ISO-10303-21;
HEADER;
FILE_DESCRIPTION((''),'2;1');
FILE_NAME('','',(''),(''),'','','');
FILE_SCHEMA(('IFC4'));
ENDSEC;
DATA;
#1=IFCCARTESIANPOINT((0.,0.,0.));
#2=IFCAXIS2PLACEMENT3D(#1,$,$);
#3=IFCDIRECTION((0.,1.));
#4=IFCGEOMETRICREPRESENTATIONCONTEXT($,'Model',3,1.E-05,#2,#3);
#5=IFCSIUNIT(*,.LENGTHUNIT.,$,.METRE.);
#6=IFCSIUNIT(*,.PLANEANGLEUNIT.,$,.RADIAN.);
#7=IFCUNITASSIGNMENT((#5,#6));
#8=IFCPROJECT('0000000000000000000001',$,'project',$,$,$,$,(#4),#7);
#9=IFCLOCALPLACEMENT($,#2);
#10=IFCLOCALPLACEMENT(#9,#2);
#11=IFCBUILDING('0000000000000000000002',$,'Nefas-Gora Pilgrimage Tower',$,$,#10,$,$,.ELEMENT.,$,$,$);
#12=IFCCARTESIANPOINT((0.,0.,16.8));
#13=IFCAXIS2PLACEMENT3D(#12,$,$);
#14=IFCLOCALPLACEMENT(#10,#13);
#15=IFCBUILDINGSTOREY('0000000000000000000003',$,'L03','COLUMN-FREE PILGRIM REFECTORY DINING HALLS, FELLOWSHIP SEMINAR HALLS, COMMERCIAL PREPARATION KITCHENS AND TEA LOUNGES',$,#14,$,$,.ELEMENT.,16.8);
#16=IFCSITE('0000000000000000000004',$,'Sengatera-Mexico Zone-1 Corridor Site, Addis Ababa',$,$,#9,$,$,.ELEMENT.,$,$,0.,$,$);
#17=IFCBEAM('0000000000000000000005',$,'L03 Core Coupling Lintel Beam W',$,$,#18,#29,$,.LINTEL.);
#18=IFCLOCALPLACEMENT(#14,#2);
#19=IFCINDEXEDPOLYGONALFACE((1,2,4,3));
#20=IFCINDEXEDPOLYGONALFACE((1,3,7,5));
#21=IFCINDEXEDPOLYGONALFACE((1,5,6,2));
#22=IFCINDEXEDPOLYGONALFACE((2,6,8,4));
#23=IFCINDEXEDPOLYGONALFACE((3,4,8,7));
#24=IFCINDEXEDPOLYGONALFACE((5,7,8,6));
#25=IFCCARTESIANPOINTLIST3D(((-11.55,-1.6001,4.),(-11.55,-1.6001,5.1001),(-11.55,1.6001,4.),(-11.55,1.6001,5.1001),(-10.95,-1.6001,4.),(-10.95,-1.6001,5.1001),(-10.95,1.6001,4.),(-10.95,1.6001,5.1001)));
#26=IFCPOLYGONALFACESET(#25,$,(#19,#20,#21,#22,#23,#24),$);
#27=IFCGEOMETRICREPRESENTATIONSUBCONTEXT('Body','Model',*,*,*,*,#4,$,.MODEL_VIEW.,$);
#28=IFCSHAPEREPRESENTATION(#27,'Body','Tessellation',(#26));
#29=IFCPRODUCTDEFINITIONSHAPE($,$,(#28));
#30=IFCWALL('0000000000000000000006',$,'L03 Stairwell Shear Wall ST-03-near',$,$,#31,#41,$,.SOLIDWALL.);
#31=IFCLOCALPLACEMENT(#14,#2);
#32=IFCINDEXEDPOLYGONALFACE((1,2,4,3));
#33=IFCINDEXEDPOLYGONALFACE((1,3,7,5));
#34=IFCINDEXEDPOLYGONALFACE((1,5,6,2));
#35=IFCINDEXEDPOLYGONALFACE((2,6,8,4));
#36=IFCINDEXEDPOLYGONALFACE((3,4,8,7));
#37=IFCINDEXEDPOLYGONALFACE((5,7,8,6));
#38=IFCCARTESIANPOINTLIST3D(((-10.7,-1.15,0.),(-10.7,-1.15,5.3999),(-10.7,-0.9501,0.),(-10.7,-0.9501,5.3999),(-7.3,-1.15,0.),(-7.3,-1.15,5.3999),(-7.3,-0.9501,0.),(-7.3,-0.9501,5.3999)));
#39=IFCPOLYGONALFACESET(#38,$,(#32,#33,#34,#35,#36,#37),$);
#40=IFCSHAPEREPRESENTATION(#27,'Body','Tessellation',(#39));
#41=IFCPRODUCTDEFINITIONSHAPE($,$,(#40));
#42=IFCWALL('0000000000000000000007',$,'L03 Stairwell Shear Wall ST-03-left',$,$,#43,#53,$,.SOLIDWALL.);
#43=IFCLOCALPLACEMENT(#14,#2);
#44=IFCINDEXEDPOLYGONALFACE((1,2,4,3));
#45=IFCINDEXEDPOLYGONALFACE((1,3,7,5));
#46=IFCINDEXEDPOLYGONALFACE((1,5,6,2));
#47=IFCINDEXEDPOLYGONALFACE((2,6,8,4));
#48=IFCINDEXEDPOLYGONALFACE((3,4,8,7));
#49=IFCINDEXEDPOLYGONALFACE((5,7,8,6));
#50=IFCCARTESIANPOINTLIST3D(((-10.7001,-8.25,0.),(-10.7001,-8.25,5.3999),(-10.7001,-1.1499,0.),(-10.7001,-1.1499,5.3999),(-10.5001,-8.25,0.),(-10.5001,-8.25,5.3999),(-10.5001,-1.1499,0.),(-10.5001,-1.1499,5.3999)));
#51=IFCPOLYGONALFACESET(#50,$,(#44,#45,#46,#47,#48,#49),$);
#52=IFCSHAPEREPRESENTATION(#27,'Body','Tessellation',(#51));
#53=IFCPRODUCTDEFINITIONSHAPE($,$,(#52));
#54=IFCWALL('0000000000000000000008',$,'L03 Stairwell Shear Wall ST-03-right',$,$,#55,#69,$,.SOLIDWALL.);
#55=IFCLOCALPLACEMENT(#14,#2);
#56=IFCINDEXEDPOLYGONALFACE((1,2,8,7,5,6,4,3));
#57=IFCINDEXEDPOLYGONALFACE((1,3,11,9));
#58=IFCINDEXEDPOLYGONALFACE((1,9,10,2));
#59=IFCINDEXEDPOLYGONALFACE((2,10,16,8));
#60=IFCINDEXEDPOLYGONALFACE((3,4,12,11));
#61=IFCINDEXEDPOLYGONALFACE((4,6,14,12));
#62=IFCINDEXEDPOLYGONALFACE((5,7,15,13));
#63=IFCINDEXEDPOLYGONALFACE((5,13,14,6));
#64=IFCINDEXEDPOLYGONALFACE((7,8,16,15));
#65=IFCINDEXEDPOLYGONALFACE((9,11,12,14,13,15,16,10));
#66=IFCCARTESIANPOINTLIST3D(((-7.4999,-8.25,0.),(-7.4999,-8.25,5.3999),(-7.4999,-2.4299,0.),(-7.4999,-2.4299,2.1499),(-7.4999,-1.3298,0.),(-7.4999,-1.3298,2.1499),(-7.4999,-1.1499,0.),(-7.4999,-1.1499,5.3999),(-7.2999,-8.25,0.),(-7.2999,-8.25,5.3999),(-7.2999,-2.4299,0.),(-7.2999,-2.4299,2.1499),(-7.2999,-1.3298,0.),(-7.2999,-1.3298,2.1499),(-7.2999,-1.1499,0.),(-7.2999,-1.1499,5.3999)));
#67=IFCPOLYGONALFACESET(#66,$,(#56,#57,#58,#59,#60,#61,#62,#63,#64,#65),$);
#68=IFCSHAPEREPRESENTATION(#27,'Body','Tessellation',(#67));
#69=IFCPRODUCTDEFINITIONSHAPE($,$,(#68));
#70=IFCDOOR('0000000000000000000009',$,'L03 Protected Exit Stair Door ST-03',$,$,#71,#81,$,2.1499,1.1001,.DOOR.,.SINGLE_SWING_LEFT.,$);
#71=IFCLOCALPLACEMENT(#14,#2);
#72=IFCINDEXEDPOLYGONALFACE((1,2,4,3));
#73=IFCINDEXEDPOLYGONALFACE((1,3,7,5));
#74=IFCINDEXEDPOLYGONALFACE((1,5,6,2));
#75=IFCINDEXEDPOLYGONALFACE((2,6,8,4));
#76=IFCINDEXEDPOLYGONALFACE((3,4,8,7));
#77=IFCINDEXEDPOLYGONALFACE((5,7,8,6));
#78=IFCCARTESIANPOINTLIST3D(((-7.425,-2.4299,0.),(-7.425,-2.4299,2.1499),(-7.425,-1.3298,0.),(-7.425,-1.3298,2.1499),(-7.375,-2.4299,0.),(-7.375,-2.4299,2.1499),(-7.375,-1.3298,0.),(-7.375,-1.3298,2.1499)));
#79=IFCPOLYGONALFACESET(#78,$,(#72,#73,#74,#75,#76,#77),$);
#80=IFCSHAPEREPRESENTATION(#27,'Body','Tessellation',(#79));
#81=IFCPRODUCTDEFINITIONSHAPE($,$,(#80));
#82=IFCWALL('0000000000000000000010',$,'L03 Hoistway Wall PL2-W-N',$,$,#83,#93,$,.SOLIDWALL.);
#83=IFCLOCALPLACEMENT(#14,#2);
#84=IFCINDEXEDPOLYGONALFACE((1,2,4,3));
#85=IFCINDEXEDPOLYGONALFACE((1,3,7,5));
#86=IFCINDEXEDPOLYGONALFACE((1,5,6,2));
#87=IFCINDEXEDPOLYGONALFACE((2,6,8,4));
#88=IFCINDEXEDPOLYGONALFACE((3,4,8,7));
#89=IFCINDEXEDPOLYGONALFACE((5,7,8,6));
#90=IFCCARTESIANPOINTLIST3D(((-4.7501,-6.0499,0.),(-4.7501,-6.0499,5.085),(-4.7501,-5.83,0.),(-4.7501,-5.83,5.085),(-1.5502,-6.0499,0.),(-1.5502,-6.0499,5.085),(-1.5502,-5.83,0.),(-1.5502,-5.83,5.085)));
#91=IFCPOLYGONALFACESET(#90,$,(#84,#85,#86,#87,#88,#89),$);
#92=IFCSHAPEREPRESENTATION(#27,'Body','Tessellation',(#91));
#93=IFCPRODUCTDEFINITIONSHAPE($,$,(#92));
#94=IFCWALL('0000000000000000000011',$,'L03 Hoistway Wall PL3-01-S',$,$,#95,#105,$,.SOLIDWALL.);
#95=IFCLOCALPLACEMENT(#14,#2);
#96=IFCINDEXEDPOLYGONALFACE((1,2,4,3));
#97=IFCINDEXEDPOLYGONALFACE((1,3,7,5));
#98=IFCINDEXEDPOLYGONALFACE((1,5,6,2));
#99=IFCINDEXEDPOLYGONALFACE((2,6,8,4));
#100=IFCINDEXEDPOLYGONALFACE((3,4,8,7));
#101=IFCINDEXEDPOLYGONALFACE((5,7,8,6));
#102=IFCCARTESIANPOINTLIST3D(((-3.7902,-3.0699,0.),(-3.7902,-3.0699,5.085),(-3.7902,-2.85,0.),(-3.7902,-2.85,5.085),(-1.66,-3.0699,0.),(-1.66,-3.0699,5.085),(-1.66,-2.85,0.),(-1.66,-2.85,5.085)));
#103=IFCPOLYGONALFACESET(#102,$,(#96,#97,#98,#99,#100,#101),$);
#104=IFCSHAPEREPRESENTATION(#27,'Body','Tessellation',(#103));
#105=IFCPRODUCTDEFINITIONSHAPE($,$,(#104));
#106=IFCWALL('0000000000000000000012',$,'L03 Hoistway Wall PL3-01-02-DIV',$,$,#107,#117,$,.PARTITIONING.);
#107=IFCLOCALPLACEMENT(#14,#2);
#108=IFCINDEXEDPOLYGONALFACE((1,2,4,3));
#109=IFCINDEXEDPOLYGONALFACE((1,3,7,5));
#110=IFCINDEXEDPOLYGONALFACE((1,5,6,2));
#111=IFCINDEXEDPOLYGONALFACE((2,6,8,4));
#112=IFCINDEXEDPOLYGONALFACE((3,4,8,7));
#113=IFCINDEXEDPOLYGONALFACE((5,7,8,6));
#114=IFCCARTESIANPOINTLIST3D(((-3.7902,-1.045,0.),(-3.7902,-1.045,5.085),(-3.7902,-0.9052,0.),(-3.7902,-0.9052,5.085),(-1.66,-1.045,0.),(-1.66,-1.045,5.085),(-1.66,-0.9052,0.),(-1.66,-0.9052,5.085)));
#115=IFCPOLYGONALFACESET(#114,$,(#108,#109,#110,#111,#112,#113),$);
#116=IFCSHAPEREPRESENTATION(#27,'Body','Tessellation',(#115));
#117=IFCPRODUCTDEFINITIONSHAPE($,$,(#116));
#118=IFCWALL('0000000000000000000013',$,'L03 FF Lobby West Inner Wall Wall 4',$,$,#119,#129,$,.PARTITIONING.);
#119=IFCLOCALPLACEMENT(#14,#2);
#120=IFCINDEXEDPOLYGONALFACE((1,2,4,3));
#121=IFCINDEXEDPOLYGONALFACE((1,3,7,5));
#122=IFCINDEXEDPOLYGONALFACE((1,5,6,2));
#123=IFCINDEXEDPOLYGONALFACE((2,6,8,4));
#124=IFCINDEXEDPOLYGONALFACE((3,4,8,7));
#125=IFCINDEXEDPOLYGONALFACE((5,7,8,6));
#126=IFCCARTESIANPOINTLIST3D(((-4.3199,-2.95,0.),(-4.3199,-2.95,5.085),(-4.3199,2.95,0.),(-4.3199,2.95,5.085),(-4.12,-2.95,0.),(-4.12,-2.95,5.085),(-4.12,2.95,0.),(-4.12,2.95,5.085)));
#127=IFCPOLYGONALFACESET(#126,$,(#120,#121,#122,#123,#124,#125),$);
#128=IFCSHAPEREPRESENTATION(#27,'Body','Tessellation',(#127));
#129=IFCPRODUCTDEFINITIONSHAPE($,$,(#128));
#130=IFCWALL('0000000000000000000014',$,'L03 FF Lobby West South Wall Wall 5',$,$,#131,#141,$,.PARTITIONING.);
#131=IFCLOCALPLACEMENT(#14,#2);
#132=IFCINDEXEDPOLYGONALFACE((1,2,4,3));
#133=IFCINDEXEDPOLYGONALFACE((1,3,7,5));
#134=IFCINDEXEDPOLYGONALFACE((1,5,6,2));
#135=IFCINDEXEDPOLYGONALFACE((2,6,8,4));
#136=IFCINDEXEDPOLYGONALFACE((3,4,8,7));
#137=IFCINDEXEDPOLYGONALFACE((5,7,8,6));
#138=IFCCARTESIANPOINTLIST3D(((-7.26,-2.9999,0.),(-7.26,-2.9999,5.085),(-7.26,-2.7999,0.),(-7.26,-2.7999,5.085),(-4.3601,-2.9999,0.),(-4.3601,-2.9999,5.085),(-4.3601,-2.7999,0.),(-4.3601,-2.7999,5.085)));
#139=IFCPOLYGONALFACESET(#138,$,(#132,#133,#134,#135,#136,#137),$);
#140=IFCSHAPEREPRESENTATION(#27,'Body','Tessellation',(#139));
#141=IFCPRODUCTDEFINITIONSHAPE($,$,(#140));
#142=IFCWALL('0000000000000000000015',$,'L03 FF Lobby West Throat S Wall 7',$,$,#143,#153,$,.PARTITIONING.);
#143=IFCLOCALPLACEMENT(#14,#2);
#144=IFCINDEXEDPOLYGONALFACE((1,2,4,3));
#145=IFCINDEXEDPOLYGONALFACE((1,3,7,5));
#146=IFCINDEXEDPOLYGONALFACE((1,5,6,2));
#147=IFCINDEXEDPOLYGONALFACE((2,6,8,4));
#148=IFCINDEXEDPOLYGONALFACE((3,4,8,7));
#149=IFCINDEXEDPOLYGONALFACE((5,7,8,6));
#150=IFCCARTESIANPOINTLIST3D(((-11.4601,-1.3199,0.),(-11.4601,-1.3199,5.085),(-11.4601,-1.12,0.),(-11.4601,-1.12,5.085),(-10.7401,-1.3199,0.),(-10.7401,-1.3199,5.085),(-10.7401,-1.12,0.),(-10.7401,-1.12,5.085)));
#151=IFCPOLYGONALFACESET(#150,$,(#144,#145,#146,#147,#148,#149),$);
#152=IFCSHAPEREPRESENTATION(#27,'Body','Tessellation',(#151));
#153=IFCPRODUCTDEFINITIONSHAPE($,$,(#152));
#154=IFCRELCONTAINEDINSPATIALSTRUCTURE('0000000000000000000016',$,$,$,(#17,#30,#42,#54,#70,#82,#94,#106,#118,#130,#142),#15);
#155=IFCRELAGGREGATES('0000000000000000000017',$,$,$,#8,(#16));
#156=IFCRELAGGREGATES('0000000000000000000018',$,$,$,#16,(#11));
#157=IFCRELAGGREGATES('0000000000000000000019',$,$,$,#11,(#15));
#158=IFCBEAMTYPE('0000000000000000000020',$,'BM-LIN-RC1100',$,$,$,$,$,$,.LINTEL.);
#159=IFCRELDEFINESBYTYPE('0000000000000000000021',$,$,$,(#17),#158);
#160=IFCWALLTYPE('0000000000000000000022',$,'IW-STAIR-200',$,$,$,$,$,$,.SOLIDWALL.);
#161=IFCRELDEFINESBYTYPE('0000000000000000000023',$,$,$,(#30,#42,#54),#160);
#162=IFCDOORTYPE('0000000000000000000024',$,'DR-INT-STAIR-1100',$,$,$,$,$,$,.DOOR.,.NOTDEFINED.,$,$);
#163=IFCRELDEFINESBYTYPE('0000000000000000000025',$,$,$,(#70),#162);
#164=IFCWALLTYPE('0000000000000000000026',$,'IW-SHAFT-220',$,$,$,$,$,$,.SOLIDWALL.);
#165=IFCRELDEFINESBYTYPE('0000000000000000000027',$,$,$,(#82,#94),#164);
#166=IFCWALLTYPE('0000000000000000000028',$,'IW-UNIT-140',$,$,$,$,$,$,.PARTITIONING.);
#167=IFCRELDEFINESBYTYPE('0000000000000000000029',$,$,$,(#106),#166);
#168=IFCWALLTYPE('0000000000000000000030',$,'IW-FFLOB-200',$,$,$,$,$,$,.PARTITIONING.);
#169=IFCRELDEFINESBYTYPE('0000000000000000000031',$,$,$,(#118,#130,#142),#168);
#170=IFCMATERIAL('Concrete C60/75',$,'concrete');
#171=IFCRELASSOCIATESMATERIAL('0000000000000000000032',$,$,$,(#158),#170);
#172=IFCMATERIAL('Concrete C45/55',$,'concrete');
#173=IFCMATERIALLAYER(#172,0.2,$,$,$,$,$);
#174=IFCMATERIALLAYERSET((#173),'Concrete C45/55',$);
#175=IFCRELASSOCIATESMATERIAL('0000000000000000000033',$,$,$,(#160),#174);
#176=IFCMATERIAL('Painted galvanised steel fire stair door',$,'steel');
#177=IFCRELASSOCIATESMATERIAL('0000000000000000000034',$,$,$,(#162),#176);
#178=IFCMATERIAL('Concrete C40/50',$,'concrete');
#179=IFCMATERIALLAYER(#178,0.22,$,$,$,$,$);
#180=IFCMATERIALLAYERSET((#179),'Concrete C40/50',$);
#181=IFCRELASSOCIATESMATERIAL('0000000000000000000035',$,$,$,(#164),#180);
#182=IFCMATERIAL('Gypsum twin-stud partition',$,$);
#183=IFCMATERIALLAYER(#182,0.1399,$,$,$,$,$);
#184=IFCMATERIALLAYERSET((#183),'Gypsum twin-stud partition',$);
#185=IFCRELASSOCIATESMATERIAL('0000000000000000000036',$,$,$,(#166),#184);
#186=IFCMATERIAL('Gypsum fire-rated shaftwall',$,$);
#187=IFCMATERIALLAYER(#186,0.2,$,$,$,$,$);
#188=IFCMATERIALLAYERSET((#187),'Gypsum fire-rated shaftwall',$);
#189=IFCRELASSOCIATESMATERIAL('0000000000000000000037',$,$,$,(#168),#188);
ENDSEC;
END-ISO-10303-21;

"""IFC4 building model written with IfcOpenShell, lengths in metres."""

from ifc_helpers import new_model, si_unit, direction, frame, frame_2d, origin, origin_2d, place, context, subcontext, project, spatial, rectangle, extrude, source, transform, mapped, material, layer, layer_set, material_profile, profile_set, type_object, element, fill, save


model = new_model("IFC4")

# Units and contexts
model_context = context("Model", 3, precision=1e-05, world=origin(), true_north=direction((0.0, 1.0)))
body_context = subcontext(model_context, "Body", "Model", "MODEL_VIEW")
ifc_project = project(units=[si_unit("LENGTHUNIT", "METRE"), si_unit("PLANEANGLEUNIT", "RADIAN")], contexts=[model_context])

# Site, building, storey
site_placement = place(None, origin())
site = spatial("IfcSite", under=ifc_project, at=site_placement, Name="Sengatera-Mexico Zone-1 Corridor Site, Addis Ababa", CompositionType="ELEMENT", RefElevation=0.0)
building_placement = place(site_placement, origin())
building = spatial("IfcBuilding", under=site, at=building_placement, Name="Nefas-Gora Pilgrimage Tower", CompositionType="ELEMENT")
storey_placement = place(building_placement, frame((0.0, 0.0, 16.8)))
storey = spatial("IfcBuildingStorey", under=building, at=storey_placement, Name="L03", Description="COLUMN-FREE PILGRIM REFECTORY DINING HALLS, FELLOWSHIP SEMINAR HALLS, COMMERCIAL PREPARATION KITCHENS AND TEA LOUNGES", CompositionType="ELEMENT", Elevation=16.8)

# Beam
ifc_material_1 = material(Name="Concrete C60/75", Category="concrete")
ifc_material_profile = material_profile(ifc_material_1, rectangle(XDim=0.6001, YDim=1.1001, at=origin_2d()), Name="RC 600x1100")
ifc_profile_set = profile_set([ifc_material_profile], Name="Concrete C60/75")
beam_type = type_object("IfcBeamType", Name="BM-LIN-RC1100", PredefinedType="LINTEL", material=ifc_profile_set)
shared_shape_1 = source(origin(), body_context, "Body", "SweptSolid", [
    extrude(rectangle(XDim=0.6001, YDim=1.1001, at=origin_2d()), origin(), (0.0, 0.0, 1.0), 3.2002),
])
beam_placement = place(storey_placement, frame((-11.25, -1.6001, 4.55), z_axis=(0.0, 1.0, 0.0), x_axis=(-1.0, 0.0, 0.0)))
element("IfcBeam", 1, at=beam_placement, inside=storey, type_object=beam_type, Name="L03 Core Coupling Lintel Beam W", PredefinedType="LINTEL", context=body_context, shape_type="MappedRepresentation", body=[
    mapped(shared_shape_1, transform((0.0, 0.0, 0.0), x_axis=(1.0, 0.0, 0.0), y_axis=(0.0, 1.0, 0.0), z_axis=(0.0, 0.0, 1.0), scale=1.0)),
])

# Walls
ifc_material_2 = material(Name="Concrete C45/55", Category="concrete")
ifc_layer_1 = layer(ifc_material_2, 0.2)
ifc_layer_set_1 = layer_set([ifc_layer_1], Name="Concrete C45/55")
wall_type_1 = type_object("IfcWallType", Name="IW-STAIR-200", PredefinedType="SOLIDWALL", material=ifc_layer_set_1)
shared_shape_2 = source(origin(), body_context, "Body", "SweptSolid", [
    extrude(rectangle(XDim=3.3999, YDim=0.2, at=frame_2d((1.7, 0.0))), origin(), (0.0, 0.0, 1.0), 5.3999),
])
wall_1_placement = place(storey_placement, frame((-10.7, -1.05, 0.0), z_axis=(0.0, 0.0, 1.0), x_axis=(1.0, 0.0, 0.0)))
element("IfcWall", 2, at=wall_1_placement, inside=storey, type_object=wall_type_1, Name="L03 Stairwell Shear Wall ST-03-near", PredefinedType="SOLIDWALL", context=body_context, shape_type="MappedRepresentation", body=[
    mapped(shared_shape_2, transform((0.0, 0.0, 0.0), x_axis=(1.0, 0.0, 0.0), y_axis=(0.0, 1.0, 0.0), z_axis=(0.0, 0.0, 1.0), scale=1.0)),
])
shared_shape_3 = source(origin(), body_context, "Body", "SweptSolid", [
    extrude(rectangle(XDim=7.1001, YDim=0.2, at=frame_2d((3.55, 0.0))), origin(), (0.0, 0.0, 1.0), 5.3999),
])
wall_2_placement = place(storey_placement, frame((-10.6001, -1.1499, 0.0), z_axis=(0.0, 0.0, 1.0), x_axis=(0.0, -1.0, 0.0)))
element("IfcWall", 3, at=wall_2_placement, inside=storey, type_object=wall_type_1, Name="L03 Stairwell Shear Wall ST-03-left", PredefinedType="SOLIDWALL", context=body_context, shape_type="MappedRepresentation", body=[
    mapped(shared_shape_3, transform((0.0, 0.0, 0.0), x_axis=(1.0, 0.0, 0.0), y_axis=(0.0, 1.0, 0.0), z_axis=(0.0, 0.0, 1.0), scale=1.0)),
])

# Wall, opening, door
wall_3_placement = place(storey_placement, frame((-7.3999, -1.1499, 0.0), z_axis=(0.0, 0.0, 1.0), x_axis=(0.0, -1.0, 0.0)))
wall_3 = element("IfcWall", 4, at=wall_3_placement, inside=storey, type_object=wall_type_1, Name="L03 Stairwell Shear Wall ST-03-right", PredefinedType="SOLIDWALL", context=body_context, shape_type="MappedRepresentation", body=[
    mapped(shared_shape_3, transform((0.0, 0.0, 0.0), x_axis=(1.0, 0.0, 0.0), y_axis=(0.0, 1.0, 0.0), z_axis=(0.0, 0.0, 1.0), scale=1.0)),
])
opening_1_placement = place(wall_3_placement, frame((0.1799, 0.0, 0.0)))
opening_1 = element("IfcOpeningElement", 5, at=opening_1_placement, cuts=wall_3, PredefinedType="OPENING", context=body_context, shape_type="SweptSolid", body=[
    extrude(rectangle(XDim=1.1001, YDim=2.1499, at=frame_2d((0.55, 1.075))), frame((0.0, 0.1099, 0.0), z_axis=(0.0, -1.0, 0.0), x_axis=(1.0, 0.0, 0.0)), (0.0, 0.0, 1.0), 0.22),
])
ifc_material_3 = material(Name="Painted galvanised steel fire stair door", Category="steel")
door_type_1 = type_object("IfcDoorType", Name="DR-INT-STAIR-1100", OperationType="NOTDEFINED", PredefinedType="DOOR", material=ifc_material_3)
shared_shape_4 = source(origin(), body_context, "Body", "SweptSolid", [
    extrude(rectangle(XDim=1.1001, YDim=2.1499, at=frame_2d((0.55, 1.075))), frame((0.0, 0.0249, 0.0), z_axis=(0.0, -1.0, 0.0), x_axis=(1.0, 0.0, 0.0)), (0.0, 0.0, 1.0), 0.05),
])
door_1_placement = place(opening_1_placement, origin())
door_1 = element("IfcDoor", 6, at=door_1_placement, inside=storey, type_object=door_type_1, Name="L03 Protected Exit Stair Door ST-03", OperationType="SINGLE_SWING_LEFT", OverallHeight=2.1499, OverallWidth=1.1001, PredefinedType="DOOR", context=body_context, shape_type="MappedRepresentation", body=[
    mapped(shared_shape_4, transform((0.0, 0.0, 0.0), x_axis=(1.0, 0.0, 0.0), y_axis=(0.0, 1.0, 0.0), z_axis=(0.0, 0.0, 1.0), scale=1.0)),
])
fill(opening_1, door_1)

# Walls
ifc_material_4 = material(Name="Concrete C40/50", Category="concrete")
ifc_layer_2 = layer(ifc_material_4, 0.22)
ifc_layer_set_2 = layer_set([ifc_layer_2], Name="Concrete C40/50")
wall_type_2 = type_object("IfcWallType", Name="IW-SHAFT-220", PredefinedType="SOLIDWALL", material=ifc_layer_set_2)
shared_shape_5 = source(origin(), body_context, "Body", "SweptSolid", [
    extrude(rectangle(XDim=3.2, YDim=0.22, at=frame_2d((1.6001, 0.0))), origin(), (0.0, 0.0, 1.0), 5.085),
])
wall_4_placement = place(storey_placement, frame((-1.55, -5.9399, 0.0), z_axis=(0.0, 0.0, 1.0), x_axis=(-1.0, 0.0, 0.0)))
element("IfcWall", 7, at=wall_4_placement, inside=storey, type_object=wall_type_2, Name="L03 Hoistway Wall PL2-W-N", PredefinedType="SOLIDWALL", context=body_context, shape_type="MappedRepresentation", body=[
    mapped(shared_shape_5, transform((0.0, 0.0, 0.0), x_axis=(1.0, 0.0, 0.0), y_axis=(0.0, 1.0, 0.0), z_axis=(0.0, 0.0, 1.0), scale=1.0)),
])
shared_shape_6 = source(origin(), body_context, "Body", "SweptSolid", [
    extrude(rectangle(XDim=2.1301, YDim=0.22, at=frame_2d((1.0649, 0.0))), origin(), (0.0, 0.0, 1.0), 5.085),
])
wall_5_placement = place(storey_placement, frame((-3.79, -2.96, 0.0), z_axis=(0.0, 0.0, 1.0), x_axis=(1.0, 0.0, 0.0)))
element("IfcWall", 8, at=wall_5_placement, inside=storey, type_object=wall_type_2, Name="L03 Hoistway Wall PL3-01-S", PredefinedType="SOLIDWALL", context=body_context, shape_type="MappedRepresentation", body=[
    mapped(shared_shape_6, transform((0.0, 0.0, 0.0), x_axis=(1.0, 0.0, 0.0), y_axis=(0.0, 1.0, 0.0), z_axis=(0.0, 0.0, 1.0), scale=1.0)),
])
ifc_material_5 = material(Name="Gypsum twin-stud partition")
ifc_layer_3 = layer(ifc_material_5, 0.1399)
ifc_layer_set_3 = layer_set([ifc_layer_3], Name="Gypsum twin-stud partition")
wall_type_3 = type_object("IfcWallType", Name="IW-UNIT-140", PredefinedType="PARTITIONING", material=ifc_layer_set_3)
shared_shape_7 = source(origin(), body_context, "Body", "SweptSolid", [
    extrude(rectangle(XDim=2.1301, YDim=0.1399, at=frame_2d((1.0649, 0.0))), origin(), (0.0, 0.0, 1.0), 5.085),
])
wall_6_placement = place(storey_placement, frame((-3.79, -0.9751, 0.0), z_axis=(0.0, 0.0, 1.0), x_axis=(1.0, 0.0, 0.0)))
element("IfcWall", 9, at=wall_6_placement, inside=storey, type_object=wall_type_3, Name="L03 Hoistway Wall PL3-01-02-DIV", PredefinedType="PARTITIONING", context=body_context, shape_type="MappedRepresentation", body=[
    mapped(shared_shape_7, transform((0.0, 0.0, 0.0), x_axis=(1.0, 0.0, 0.0), y_axis=(0.0, 1.0, 0.0), z_axis=(0.0, 0.0, 1.0), scale=1.0)),
])
ifc_material_6 = material(Name="Gypsum fire-rated shaftwall")
ifc_layer_4 = layer(ifc_material_6, 0.2)
ifc_layer_set_4 = layer_set([ifc_layer_4], Name="Gypsum fire-rated shaftwall")
wall_type_4 = type_object("IfcWallType", Name="IW-FFLOB-200", PredefinedType="PARTITIONING", material=ifc_layer_set_4)
shared_shape_8 = source(origin(), body_context, "Body", "SweptSolid", [
    extrude(rectangle(XDim=5.8999, YDim=0.2, at=frame_2d((2.95, 0.0))), origin(), (0.0, 0.0, 1.0), 5.085),
])
wall_7_placement = place(storey_placement, frame((-4.22, -2.95, 0.0), z_axis=(0.0, 0.0, 1.0), x_axis=(0.0, 1.0, 0.0)))
element("IfcWall", 10, at=wall_7_placement, inside=storey, type_object=wall_type_4, Name="L03 FF Lobby West Inner Wall Wall 4", PredefinedType="PARTITIONING", context=body_context, shape_type="MappedRepresentation", body=[
    mapped(shared_shape_8, transform((0.0, 0.0, 0.0), x_axis=(1.0, 0.0, 0.0), y_axis=(0.0, 1.0, 0.0), z_axis=(0.0, 0.0, 1.0), scale=1.0)),
])
shared_shape_9 = source(origin(), body_context, "Body", "SweptSolid", [
    extrude(rectangle(XDim=2.8999, YDim=0.2, at=frame_2d((1.45, 0.0))), origin(), (0.0, 0.0, 1.0), 5.085),
])
wall_8_placement = place(storey_placement, frame((-7.26, -2.8999, 0.0), z_axis=(0.0, 0.0, 1.0), x_axis=(1.0, 0.0, 0.0)))
element("IfcWall", 11, at=wall_8_placement, inside=storey, type_object=wall_type_4, Name="L03 FF Lobby West South Wall Wall 5", PredefinedType="PARTITIONING", context=body_context, shape_type="MappedRepresentation", body=[
    mapped(shared_shape_9, transform((0.0, 0.0, 0.0), x_axis=(1.0, 0.0, 0.0), y_axis=(0.0, 1.0, 0.0), z_axis=(0.0, 0.0, 1.0), scale=1.0)),
])
shared_shape_10 = source(origin(), body_context, "Body", "SweptSolid", [
    extrude(rectangle(XDim=0.72, YDim=0.2, at=frame_2d((0.3599, 0.0))), origin(), (0.0, 0.0, 1.0), 5.085),
])
wall_9_placement = place(storey_placement, frame((-11.46, -1.22, 0.0), z_axis=(0.0, 0.0, 1.0), x_axis=(1.0, 0.0, 0.0)))
element("IfcWall", 12, at=wall_9_placement, inside=storey, type_object=wall_type_4, Name="L03 FF Lobby West Throat S Wall 7", PredefinedType="PARTITIONING", context=body_context, shape_type="MappedRepresentation", body=[
    mapped(shared_shape_10, transform((0.0, 0.0, 0.0), x_axis=(1.0, 0.0, 0.0), y_axis=(0.0, 1.0, 0.0), z_axis=(0.0, 0.0, 1.0), scale=1.0)),
])

save(model, "model.ifc")
